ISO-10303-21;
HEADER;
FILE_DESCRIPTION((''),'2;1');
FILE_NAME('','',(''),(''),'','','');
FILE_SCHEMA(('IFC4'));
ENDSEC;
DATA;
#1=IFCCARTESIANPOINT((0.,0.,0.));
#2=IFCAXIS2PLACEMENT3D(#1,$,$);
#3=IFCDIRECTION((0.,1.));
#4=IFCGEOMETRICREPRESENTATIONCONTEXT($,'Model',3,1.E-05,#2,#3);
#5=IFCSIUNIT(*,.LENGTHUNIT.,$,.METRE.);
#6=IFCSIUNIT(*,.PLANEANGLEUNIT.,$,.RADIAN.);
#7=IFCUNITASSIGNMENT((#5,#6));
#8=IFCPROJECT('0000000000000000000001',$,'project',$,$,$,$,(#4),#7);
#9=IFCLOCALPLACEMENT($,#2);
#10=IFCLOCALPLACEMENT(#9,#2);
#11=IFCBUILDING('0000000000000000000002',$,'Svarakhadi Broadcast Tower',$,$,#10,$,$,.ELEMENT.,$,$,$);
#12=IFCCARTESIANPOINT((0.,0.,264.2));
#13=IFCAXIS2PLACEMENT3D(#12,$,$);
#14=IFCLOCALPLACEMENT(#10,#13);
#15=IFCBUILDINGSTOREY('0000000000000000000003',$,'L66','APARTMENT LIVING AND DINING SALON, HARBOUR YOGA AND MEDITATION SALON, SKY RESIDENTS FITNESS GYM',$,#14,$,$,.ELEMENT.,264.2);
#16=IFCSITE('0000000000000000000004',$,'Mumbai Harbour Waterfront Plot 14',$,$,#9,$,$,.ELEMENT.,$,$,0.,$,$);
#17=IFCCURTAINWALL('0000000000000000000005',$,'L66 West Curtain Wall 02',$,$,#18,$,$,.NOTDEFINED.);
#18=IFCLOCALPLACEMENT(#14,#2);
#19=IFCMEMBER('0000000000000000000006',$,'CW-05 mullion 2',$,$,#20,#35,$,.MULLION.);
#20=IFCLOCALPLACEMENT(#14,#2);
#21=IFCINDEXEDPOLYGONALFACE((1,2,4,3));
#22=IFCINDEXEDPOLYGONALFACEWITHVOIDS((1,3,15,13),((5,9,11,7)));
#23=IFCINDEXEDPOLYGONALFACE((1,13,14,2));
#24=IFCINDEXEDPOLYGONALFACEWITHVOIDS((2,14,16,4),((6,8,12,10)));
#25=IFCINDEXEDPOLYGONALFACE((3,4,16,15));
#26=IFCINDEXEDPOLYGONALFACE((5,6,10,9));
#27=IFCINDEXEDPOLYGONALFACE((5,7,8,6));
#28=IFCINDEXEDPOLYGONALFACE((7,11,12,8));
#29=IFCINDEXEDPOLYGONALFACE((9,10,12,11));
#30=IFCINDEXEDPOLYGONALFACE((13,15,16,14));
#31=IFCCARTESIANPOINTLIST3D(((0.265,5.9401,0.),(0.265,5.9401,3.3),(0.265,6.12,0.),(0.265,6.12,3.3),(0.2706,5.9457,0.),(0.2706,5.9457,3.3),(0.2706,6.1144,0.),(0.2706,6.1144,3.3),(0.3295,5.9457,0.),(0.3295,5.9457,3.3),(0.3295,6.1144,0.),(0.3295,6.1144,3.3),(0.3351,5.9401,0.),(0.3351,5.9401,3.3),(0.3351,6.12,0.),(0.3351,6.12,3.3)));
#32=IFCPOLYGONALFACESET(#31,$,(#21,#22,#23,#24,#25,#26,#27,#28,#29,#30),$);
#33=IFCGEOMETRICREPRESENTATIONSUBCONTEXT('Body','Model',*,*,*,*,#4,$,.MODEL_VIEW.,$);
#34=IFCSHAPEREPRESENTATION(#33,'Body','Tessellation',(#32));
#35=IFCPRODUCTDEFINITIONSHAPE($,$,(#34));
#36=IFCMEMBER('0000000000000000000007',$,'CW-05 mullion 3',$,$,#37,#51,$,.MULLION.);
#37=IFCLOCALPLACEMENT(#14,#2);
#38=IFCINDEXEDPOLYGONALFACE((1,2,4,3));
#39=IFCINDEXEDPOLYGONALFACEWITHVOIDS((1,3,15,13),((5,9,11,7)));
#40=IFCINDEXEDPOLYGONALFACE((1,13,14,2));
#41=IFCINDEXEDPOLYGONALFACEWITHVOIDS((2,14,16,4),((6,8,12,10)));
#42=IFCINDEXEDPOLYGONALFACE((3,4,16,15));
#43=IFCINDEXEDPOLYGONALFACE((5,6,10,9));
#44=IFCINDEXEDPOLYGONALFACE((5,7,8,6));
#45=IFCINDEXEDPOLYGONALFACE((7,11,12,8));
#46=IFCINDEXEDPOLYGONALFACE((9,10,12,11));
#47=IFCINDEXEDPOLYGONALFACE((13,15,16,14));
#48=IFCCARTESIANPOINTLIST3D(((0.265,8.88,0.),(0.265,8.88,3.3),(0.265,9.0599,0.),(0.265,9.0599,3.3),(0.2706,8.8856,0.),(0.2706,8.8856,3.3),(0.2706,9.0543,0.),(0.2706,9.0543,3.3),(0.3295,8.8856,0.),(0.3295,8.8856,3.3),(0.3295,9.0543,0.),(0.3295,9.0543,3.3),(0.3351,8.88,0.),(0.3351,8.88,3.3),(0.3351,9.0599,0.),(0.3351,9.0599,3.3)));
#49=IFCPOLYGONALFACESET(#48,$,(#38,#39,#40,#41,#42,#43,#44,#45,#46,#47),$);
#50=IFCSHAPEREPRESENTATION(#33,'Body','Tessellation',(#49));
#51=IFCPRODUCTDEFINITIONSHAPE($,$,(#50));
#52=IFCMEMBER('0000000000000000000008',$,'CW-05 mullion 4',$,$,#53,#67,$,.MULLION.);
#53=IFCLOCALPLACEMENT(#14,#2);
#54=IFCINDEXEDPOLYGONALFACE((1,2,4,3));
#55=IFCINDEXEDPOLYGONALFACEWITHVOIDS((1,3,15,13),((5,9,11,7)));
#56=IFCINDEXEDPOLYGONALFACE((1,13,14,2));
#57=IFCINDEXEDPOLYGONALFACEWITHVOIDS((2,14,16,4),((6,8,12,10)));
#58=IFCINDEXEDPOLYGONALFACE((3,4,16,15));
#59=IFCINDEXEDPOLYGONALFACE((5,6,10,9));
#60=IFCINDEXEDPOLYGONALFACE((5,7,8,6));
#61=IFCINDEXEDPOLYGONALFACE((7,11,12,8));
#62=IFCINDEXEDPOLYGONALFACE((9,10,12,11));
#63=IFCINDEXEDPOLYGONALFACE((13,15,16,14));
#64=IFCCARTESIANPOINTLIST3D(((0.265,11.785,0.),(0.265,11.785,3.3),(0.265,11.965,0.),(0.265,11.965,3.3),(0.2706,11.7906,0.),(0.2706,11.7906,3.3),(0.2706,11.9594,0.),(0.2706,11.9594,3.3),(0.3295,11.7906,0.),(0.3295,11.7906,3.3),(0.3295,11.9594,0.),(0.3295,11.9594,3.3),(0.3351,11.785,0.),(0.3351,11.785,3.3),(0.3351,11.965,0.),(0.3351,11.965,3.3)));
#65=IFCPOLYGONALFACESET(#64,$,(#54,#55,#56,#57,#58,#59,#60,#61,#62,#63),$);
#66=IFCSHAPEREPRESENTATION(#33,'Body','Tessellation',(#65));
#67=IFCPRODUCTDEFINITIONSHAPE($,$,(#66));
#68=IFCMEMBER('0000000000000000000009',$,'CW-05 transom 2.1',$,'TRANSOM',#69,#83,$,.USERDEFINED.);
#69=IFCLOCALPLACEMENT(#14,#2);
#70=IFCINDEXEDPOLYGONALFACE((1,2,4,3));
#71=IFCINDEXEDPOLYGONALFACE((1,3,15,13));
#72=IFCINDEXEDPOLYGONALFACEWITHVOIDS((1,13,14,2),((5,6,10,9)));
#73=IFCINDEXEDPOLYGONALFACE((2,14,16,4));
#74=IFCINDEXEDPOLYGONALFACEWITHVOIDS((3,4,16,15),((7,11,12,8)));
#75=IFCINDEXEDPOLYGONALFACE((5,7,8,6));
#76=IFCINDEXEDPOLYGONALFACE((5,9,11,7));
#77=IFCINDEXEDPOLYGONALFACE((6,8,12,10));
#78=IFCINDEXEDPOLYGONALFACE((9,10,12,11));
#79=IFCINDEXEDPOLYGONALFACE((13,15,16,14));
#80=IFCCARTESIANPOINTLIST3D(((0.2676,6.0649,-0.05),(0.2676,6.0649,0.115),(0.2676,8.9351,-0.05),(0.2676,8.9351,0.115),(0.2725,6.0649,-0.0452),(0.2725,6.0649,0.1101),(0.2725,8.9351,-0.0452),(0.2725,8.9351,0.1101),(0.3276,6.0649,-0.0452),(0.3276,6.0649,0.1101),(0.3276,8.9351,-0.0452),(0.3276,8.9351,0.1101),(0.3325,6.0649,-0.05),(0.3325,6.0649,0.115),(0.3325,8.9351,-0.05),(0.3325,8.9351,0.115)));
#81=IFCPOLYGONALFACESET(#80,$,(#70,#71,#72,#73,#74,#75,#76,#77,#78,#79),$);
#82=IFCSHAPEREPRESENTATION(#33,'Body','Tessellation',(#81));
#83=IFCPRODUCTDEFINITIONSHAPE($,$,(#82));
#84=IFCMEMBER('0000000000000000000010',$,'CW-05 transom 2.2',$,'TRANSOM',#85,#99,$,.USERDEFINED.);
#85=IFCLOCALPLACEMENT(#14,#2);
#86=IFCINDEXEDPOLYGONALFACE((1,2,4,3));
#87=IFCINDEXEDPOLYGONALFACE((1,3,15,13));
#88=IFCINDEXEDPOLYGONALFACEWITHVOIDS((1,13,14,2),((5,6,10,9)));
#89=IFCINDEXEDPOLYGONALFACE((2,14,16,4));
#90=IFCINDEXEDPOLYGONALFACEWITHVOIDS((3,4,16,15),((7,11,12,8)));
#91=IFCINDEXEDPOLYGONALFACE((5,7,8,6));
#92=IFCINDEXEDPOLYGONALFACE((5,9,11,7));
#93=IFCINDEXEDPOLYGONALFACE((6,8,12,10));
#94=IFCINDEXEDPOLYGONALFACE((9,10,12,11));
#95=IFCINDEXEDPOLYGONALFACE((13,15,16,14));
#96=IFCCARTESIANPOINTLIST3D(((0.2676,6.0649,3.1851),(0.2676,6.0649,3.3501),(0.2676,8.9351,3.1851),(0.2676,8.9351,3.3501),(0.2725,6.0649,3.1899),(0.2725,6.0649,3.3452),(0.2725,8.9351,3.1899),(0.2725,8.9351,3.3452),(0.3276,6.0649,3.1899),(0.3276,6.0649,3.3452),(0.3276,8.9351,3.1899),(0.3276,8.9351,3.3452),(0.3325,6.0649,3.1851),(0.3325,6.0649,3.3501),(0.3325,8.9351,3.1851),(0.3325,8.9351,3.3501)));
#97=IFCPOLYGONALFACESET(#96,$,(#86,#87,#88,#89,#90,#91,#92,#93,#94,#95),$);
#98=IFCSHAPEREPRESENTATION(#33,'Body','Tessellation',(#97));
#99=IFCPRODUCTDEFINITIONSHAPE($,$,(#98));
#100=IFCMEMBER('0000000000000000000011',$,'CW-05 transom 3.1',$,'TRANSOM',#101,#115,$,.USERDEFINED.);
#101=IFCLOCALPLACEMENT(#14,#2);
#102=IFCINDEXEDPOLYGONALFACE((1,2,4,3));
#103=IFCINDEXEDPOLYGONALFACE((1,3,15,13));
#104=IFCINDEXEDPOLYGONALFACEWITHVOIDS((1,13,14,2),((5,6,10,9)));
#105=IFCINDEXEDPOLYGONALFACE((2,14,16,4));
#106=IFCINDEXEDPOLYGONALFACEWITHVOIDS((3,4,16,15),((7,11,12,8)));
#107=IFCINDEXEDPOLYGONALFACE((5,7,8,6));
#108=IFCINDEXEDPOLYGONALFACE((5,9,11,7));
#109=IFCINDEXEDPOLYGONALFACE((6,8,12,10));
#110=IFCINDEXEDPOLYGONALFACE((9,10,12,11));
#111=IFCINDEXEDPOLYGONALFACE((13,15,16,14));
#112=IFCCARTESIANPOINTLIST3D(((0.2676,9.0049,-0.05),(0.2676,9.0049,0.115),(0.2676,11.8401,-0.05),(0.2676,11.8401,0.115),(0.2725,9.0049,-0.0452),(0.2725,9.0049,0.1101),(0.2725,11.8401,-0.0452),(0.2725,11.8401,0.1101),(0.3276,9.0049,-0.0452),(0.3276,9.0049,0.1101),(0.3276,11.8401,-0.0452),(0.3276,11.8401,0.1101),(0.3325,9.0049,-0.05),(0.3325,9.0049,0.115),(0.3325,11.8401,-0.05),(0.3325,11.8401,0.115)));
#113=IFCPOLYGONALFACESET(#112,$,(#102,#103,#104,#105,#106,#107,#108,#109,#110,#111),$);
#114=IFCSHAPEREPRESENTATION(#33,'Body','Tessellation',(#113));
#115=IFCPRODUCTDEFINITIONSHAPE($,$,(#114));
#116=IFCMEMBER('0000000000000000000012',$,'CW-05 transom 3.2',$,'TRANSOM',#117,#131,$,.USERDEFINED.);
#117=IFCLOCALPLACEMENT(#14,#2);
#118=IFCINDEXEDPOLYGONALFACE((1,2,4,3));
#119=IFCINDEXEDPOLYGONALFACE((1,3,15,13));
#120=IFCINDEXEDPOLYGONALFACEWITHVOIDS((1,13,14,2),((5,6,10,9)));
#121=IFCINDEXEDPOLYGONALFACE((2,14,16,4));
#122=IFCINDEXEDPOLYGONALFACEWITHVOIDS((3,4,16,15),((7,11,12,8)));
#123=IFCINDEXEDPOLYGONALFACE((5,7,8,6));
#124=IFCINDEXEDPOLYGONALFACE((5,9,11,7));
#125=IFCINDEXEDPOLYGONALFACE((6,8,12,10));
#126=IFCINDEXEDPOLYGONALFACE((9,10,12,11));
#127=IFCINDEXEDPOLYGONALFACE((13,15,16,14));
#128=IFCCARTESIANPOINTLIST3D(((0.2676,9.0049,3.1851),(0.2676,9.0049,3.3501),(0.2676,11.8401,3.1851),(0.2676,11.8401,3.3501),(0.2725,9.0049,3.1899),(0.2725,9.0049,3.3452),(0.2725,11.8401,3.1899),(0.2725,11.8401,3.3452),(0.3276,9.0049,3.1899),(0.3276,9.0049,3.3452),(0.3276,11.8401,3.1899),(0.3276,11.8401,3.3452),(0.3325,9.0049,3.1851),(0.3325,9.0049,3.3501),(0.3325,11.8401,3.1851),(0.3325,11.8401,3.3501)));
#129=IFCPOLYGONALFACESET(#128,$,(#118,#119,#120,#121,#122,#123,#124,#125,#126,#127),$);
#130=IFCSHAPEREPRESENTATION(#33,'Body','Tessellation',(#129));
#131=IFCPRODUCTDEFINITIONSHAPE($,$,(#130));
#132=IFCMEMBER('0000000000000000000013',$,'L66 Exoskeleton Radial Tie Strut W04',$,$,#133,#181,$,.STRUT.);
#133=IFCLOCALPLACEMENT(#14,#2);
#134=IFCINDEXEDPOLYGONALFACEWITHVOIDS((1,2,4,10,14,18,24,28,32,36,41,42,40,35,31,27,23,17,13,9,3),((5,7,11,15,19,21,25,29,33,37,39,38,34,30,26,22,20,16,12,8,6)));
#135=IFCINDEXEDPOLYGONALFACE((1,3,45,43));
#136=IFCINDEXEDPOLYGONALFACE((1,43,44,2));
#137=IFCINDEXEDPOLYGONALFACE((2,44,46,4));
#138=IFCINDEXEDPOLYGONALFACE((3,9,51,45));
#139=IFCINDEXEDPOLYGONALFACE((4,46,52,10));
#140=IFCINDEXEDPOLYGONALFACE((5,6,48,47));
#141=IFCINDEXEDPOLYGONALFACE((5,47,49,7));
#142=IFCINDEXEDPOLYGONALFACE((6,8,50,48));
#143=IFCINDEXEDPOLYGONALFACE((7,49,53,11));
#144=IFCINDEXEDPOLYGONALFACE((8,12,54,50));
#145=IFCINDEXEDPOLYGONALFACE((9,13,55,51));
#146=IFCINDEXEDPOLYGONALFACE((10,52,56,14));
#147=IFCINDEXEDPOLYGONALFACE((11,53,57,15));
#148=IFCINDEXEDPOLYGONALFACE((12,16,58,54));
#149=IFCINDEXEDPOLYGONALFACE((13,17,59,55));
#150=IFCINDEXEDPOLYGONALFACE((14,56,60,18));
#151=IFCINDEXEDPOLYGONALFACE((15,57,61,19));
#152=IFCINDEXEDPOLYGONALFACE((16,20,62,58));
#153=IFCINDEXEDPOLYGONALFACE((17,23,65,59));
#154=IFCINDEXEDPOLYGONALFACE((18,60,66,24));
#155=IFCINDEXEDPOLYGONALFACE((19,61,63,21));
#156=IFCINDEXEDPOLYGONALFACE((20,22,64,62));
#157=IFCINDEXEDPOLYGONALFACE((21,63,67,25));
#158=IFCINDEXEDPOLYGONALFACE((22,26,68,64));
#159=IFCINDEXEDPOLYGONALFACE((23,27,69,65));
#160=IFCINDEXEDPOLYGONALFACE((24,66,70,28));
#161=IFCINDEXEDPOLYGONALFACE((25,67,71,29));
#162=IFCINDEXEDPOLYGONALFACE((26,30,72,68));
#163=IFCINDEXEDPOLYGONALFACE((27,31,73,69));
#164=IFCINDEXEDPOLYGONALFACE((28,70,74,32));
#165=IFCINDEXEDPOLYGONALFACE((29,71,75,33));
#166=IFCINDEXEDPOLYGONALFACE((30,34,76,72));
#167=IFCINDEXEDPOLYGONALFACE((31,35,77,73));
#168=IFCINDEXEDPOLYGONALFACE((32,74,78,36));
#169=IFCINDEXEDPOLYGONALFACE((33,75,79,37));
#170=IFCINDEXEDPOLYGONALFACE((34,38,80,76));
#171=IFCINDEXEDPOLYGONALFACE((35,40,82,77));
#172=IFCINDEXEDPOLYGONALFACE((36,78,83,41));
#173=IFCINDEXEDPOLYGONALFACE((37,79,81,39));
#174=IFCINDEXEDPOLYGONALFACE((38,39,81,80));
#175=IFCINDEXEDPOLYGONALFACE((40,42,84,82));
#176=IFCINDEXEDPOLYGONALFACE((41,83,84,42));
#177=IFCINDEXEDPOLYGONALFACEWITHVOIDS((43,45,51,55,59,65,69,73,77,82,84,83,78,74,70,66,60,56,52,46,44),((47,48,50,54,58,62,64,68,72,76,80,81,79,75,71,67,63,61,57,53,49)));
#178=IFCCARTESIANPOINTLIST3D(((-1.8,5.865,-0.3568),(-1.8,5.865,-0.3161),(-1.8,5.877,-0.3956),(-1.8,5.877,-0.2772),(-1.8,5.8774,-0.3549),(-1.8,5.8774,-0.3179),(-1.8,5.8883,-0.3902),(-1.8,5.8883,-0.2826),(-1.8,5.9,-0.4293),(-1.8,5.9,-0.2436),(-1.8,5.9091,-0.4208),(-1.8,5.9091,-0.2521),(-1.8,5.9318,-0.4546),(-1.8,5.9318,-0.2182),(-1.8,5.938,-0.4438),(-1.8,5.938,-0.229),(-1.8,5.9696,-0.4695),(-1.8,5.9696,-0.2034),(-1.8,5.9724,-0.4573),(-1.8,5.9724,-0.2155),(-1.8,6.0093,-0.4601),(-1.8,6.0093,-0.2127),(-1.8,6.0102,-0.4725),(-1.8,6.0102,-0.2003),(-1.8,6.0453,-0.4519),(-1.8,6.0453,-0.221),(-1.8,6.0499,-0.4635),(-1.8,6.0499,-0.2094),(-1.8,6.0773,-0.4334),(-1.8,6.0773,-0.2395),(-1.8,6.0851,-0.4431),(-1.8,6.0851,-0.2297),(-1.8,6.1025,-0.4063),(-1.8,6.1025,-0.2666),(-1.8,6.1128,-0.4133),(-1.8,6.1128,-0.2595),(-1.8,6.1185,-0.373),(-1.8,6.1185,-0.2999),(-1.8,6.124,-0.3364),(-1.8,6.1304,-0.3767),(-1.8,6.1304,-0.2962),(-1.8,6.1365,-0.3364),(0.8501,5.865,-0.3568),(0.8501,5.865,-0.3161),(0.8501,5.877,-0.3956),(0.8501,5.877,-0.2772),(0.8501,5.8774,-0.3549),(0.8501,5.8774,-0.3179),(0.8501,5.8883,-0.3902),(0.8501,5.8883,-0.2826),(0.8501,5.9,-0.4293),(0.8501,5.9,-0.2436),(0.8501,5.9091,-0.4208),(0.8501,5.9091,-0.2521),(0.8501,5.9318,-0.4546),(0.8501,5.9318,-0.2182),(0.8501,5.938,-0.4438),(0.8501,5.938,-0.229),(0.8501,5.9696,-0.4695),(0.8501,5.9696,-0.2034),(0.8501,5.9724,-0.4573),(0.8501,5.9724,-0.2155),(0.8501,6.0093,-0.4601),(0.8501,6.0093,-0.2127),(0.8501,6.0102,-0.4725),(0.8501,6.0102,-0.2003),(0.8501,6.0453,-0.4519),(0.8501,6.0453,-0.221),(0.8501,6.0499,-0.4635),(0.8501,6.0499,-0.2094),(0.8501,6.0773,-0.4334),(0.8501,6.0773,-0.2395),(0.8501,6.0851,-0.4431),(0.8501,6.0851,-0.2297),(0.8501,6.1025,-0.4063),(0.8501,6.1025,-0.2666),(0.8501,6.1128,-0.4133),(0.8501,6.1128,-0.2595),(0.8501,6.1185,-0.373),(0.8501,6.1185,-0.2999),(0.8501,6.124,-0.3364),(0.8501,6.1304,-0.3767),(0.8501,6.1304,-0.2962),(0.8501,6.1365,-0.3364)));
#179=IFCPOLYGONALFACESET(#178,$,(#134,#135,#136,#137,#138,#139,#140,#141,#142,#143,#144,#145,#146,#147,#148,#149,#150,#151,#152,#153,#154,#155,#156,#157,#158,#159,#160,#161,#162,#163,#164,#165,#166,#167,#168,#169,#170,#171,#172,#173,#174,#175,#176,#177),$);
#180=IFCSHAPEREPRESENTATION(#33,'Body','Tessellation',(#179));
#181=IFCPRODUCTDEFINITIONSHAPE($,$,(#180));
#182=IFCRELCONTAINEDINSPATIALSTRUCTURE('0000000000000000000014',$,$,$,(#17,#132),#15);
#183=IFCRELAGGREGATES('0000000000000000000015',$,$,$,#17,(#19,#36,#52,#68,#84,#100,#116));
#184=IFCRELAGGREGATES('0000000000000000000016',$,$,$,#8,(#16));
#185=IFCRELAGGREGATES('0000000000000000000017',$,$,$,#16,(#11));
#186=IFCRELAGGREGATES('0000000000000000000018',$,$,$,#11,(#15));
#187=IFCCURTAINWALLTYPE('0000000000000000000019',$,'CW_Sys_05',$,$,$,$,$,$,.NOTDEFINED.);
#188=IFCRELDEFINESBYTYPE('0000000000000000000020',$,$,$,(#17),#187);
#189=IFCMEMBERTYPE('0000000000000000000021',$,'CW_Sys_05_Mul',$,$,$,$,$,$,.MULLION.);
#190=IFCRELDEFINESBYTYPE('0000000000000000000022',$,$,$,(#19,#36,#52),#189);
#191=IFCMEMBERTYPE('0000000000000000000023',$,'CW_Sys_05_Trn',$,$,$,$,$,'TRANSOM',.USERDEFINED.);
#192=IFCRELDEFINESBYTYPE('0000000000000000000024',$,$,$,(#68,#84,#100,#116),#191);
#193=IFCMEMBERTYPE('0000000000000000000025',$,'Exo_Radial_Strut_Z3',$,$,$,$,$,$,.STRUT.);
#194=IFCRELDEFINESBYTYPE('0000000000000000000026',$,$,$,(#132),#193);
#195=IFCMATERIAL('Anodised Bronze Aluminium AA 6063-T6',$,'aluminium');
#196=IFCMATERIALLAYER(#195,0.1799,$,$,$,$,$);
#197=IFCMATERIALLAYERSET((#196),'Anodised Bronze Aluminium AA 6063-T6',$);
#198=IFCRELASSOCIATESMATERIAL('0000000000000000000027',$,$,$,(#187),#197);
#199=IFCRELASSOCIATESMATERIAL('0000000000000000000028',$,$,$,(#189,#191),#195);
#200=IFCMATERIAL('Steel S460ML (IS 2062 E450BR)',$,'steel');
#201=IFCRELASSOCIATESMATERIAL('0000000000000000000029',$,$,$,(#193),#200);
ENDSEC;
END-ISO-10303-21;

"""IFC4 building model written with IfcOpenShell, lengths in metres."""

from ifc_helpers import new_model, si_unit, direction, frame, origin, origin_2d, place, context, subcontext, project, spatial, hollow_rectangle, hollow_circle, extrude, material, layer, layer_set, material_profile, profile_set, type_object, element, aggregate, save


model = new_model("IFC4")

# Units and contexts
model_context = context("Model", 3, precision=1e-05, world=origin(), true_north=direction((0.0, 1.0)))
body_context = subcontext(model_context, "Body", "Model", "MODEL_VIEW")
ifc_project = project(units=[si_unit("LENGTHUNIT", "METRE"), si_unit("PLANEANGLEUNIT", "RADIAN")], contexts=[model_context])

# Site, building, storey
site_placement = place(None, origin())
site = spatial("IfcSite", under=ifc_project, at=site_placement, Name="Mumbai Harbour Waterfront Plot 14", CompositionType="ELEMENT", RefElevation=0.0)
building_placement = place(site_placement, origin())
building = spatial("IfcBuilding", under=site, at=building_placement, Name="Svarakhadi Broadcast Tower", CompositionType="ELEMENT")
storey_placement = place(building_placement, frame((0.0, 0.0, 264.2)))
storey = spatial("IfcBuildingStorey", under=building, at=storey_placement, Name="L66", Description="APARTMENT LIVING AND DINING SALON, HARBOUR YOGA AND MEDITATION SALON, SKY RESIDENTS FITNESS GYM", CompositionType="ELEMENT", Elevation=264.2)

# Shared definitions
ifc_material_1 = material(Name="Steel S460ML (IS 2062 E450BR)", Category="steel")

# Curtain wall, members
ifc_material_2 = material(Name="Anodised Bronze Aluminium AA 6063-T6", Category="aluminium")
ifc_layer_1 = layer(ifc_material_2, 0.1799)
ifc_layer_set_1 = layer_set([ifc_layer_1], Name="Anodised Bronze Aluminium AA 6063-T6")
curtain_wall_type = type_object("IfcCurtainWallType", Name="CW_Sys_05", PredefinedType="NOTDEFINED", material=ifc_layer_set_1)
curtain_wall_placement = place(storey_placement, origin())
curtain_wall = element("IfcCurtainWall", 1, at=curtain_wall_placement, inside=storey, type_object=curtain_wall_type, Name="L66 West Curtain Wall 02", PredefinedType="NOTDEFINED")
ifc_material_profile_1 = material_profile(ifc_material_2, hollow_rectangle(XDim=0.0701, YDim=0.1799, WallThickness=0.0056, at=origin_2d()), Name="ALU MULLION 180x70x6")
ifc_profile_set_1 = profile_set([ifc_material_profile_1], Name="Anodised Bronze Aluminium AA 6063-T6")
member_type_1 = type_object("IfcMemberType", Name="CW_Sys_05_Mul", PredefinedType="MULLION", material=ifc_profile_set_1)
member_1_placement = place(storey_placement, frame((0.3, 6.03, 0.0), z_axis=(0.0, 0.0, 1.0), x_axis=(-1.0, 0.0, 0.0)))
member_1 = element("IfcMember", 2, at=member_1_placement, type_object=member_type_1, Name="CW-05 mullion 2", PredefinedType="MULLION", context=body_context, shape_type="SweptSolid", body=[
    extrude(hollow_rectangle(XDim=0.0701, YDim=0.1799, WallThickness=0.0056, at=origin_2d()), origin(), (0.0, 0.0, 1.0), 3.3),
])
member_2_placement = place(storey_placement, frame((0.3, 8.97, 0.0), z_axis=(0.0, 0.0, 1.0), x_axis=(-1.0, 0.0, 0.0)))
member_2 = element("IfcMember", 3, at=member_2_placement, type_object=member_type_1, Name="CW-05 mullion 3", PredefinedType="MULLION", context=body_context, shape_type="SweptSolid", body=[
    extrude(hollow_rectangle(XDim=0.0701, YDim=0.1799, WallThickness=0.0056, at=origin_2d()), origin(), (0.0, 0.0, 1.0), 3.3),
])
member_3_placement = place(storey_placement, frame((0.3, 11.875, 0.0), z_axis=(0.0, 0.0, 1.0), x_axis=(-1.0, 0.0, 0.0)))
member_3 = element("IfcMember", 4, at=member_3_placement, type_object=member_type_1, Name="CW-05 mullion 4", PredefinedType="MULLION", context=body_context, shape_type="SweptSolid", body=[
    extrude(hollow_rectangle(XDim=0.0701, YDim=0.1799, WallThickness=0.0056, at=origin_2d()), origin(), (0.0, 0.0, 1.0), 3.3),
])
ifc_material_profile_2 = material_profile(ifc_material_2, hollow_rectangle(XDim=0.0649, YDim=0.165, WallThickness=0.0049, at=origin_2d()), Name="ALU TRANSOM 165x65x5")
ifc_profile_set_2 = profile_set([ifc_material_profile_2], Name="Anodised Bronze Aluminium AA 6063-T6")
member_type_2 = type_object("IfcMemberType", Name="CW_Sys_05_Trn", ElementType="TRANSOM", PredefinedType="USERDEFINED", material=ifc_profile_set_2)
member_4_placement = place(storey_placement, frame((0.3, 6.0649, 0.0325), z_axis=(0.0, 1.0, 0.0), x_axis=(-1.0, 0.0, 0.0)))
member_4 = element("IfcMember", 5, at=member_4_placement, type_object=member_type_2, Name="CW-05 transom 2.1", ObjectType="TRANSOM", PredefinedType="USERDEFINED", context=body_context, shape_type="SweptSolid", body=[
    extrude(hollow_rectangle(XDim=0.0649, YDim=0.165, WallThickness=0.0049, at=origin_2d()), origin(), (0.0, 0.0, 1.0), 2.8701),
])
member_5_placement = place(storey_placement, frame((0.3, 6.0649, 3.2676), z_axis=(0.0, 1.0, 0.0), x_axis=(-1.0, 0.0, 0.0)))
member_5 = element("IfcMember", 6, at=member_5_placement, type_object=member_type_2, Name="CW-05 transom 2.2", ObjectType="TRANSOM", PredefinedType="USERDEFINED", context=body_context, shape_type="SweptSolid", body=[
    extrude(hollow_rectangle(XDim=0.0649, YDim=0.165, WallThickness=0.0049, at=origin_2d()), origin(), (0.0, 0.0, 1.0), 2.8701),
])
member_6_placement = place(storey_placement, frame((0.3, 9.0049, 0.0325), z_axis=(0.0, 1.0, 0.0), x_axis=(-1.0, 0.0, 0.0)))
member_6 = element("IfcMember", 7, at=member_6_placement, type_object=member_type_2, Name="CW-05 transom 3.1", ObjectType="TRANSOM", PredefinedType="USERDEFINED", context=body_context, shape_type="SweptSolid", body=[
    extrude(hollow_rectangle(XDim=0.0649, YDim=0.165, WallThickness=0.0049, at=origin_2d()), origin(), (0.0, 0.0, 1.0), 2.8352),
])
member_7_placement = place(storey_placement, frame((0.3, 9.0049, 3.2676), z_axis=(0.0, 1.0, 0.0), x_axis=(-1.0, 0.0, 0.0)))
member_7 = element("IfcMember", 8, at=member_7_placement, type_object=member_type_2, Name="CW-05 transom 3.2", ObjectType="TRANSOM", PredefinedType="USERDEFINED", context=body_context, shape_type="SweptSolid", body=[
    extrude(hollow_rectangle(XDim=0.0649, YDim=0.165, WallThickness=0.0049, at=origin_2d()), origin(), (0.0, 0.0, 1.0), 2.8352),
])

# Member
ifc_material_profile_3 = material_profile(ifc_material_1, hollow_circle(Radius=0.1365, WallThickness=0.0125, at=origin_2d()), Name="CHS 273x12.5")
ifc_profile_set_3 = profile_set([ifc_material_profile_3], Name="Steel S460ML (IS 2062 E450BR)")
member_type_3 = type_object("IfcMemberType", Name="Exo_Radial_Strut_Z3", PredefinedType="STRUT", material=ifc_profile_set_3)
member_8_placement = place(storey_placement, frame((-1.8, 6.0, -0.3364), z_axis=(1.0, 0.0, 0.0), x_axis=(0.0, 1.0, 0.0)))
element("IfcMember", 9, at=member_8_placement, inside=storey, type_object=member_type_3, Name="L66 Exoskeleton Radial Tie Strut W04", PredefinedType="STRUT", context=body_context, shape_type="SweptSolid", body=[
    extrude(hollow_circle(Radius=0.1365, WallThickness=0.0125, at=origin_2d()), origin(), (0.0, 0.0, 1.0), 2.6501),
])

aggregate(curtain_wall, [member_1, member_2, member_3, member_4, member_5, member_6, member_7])

save(model, "model.ifc")
